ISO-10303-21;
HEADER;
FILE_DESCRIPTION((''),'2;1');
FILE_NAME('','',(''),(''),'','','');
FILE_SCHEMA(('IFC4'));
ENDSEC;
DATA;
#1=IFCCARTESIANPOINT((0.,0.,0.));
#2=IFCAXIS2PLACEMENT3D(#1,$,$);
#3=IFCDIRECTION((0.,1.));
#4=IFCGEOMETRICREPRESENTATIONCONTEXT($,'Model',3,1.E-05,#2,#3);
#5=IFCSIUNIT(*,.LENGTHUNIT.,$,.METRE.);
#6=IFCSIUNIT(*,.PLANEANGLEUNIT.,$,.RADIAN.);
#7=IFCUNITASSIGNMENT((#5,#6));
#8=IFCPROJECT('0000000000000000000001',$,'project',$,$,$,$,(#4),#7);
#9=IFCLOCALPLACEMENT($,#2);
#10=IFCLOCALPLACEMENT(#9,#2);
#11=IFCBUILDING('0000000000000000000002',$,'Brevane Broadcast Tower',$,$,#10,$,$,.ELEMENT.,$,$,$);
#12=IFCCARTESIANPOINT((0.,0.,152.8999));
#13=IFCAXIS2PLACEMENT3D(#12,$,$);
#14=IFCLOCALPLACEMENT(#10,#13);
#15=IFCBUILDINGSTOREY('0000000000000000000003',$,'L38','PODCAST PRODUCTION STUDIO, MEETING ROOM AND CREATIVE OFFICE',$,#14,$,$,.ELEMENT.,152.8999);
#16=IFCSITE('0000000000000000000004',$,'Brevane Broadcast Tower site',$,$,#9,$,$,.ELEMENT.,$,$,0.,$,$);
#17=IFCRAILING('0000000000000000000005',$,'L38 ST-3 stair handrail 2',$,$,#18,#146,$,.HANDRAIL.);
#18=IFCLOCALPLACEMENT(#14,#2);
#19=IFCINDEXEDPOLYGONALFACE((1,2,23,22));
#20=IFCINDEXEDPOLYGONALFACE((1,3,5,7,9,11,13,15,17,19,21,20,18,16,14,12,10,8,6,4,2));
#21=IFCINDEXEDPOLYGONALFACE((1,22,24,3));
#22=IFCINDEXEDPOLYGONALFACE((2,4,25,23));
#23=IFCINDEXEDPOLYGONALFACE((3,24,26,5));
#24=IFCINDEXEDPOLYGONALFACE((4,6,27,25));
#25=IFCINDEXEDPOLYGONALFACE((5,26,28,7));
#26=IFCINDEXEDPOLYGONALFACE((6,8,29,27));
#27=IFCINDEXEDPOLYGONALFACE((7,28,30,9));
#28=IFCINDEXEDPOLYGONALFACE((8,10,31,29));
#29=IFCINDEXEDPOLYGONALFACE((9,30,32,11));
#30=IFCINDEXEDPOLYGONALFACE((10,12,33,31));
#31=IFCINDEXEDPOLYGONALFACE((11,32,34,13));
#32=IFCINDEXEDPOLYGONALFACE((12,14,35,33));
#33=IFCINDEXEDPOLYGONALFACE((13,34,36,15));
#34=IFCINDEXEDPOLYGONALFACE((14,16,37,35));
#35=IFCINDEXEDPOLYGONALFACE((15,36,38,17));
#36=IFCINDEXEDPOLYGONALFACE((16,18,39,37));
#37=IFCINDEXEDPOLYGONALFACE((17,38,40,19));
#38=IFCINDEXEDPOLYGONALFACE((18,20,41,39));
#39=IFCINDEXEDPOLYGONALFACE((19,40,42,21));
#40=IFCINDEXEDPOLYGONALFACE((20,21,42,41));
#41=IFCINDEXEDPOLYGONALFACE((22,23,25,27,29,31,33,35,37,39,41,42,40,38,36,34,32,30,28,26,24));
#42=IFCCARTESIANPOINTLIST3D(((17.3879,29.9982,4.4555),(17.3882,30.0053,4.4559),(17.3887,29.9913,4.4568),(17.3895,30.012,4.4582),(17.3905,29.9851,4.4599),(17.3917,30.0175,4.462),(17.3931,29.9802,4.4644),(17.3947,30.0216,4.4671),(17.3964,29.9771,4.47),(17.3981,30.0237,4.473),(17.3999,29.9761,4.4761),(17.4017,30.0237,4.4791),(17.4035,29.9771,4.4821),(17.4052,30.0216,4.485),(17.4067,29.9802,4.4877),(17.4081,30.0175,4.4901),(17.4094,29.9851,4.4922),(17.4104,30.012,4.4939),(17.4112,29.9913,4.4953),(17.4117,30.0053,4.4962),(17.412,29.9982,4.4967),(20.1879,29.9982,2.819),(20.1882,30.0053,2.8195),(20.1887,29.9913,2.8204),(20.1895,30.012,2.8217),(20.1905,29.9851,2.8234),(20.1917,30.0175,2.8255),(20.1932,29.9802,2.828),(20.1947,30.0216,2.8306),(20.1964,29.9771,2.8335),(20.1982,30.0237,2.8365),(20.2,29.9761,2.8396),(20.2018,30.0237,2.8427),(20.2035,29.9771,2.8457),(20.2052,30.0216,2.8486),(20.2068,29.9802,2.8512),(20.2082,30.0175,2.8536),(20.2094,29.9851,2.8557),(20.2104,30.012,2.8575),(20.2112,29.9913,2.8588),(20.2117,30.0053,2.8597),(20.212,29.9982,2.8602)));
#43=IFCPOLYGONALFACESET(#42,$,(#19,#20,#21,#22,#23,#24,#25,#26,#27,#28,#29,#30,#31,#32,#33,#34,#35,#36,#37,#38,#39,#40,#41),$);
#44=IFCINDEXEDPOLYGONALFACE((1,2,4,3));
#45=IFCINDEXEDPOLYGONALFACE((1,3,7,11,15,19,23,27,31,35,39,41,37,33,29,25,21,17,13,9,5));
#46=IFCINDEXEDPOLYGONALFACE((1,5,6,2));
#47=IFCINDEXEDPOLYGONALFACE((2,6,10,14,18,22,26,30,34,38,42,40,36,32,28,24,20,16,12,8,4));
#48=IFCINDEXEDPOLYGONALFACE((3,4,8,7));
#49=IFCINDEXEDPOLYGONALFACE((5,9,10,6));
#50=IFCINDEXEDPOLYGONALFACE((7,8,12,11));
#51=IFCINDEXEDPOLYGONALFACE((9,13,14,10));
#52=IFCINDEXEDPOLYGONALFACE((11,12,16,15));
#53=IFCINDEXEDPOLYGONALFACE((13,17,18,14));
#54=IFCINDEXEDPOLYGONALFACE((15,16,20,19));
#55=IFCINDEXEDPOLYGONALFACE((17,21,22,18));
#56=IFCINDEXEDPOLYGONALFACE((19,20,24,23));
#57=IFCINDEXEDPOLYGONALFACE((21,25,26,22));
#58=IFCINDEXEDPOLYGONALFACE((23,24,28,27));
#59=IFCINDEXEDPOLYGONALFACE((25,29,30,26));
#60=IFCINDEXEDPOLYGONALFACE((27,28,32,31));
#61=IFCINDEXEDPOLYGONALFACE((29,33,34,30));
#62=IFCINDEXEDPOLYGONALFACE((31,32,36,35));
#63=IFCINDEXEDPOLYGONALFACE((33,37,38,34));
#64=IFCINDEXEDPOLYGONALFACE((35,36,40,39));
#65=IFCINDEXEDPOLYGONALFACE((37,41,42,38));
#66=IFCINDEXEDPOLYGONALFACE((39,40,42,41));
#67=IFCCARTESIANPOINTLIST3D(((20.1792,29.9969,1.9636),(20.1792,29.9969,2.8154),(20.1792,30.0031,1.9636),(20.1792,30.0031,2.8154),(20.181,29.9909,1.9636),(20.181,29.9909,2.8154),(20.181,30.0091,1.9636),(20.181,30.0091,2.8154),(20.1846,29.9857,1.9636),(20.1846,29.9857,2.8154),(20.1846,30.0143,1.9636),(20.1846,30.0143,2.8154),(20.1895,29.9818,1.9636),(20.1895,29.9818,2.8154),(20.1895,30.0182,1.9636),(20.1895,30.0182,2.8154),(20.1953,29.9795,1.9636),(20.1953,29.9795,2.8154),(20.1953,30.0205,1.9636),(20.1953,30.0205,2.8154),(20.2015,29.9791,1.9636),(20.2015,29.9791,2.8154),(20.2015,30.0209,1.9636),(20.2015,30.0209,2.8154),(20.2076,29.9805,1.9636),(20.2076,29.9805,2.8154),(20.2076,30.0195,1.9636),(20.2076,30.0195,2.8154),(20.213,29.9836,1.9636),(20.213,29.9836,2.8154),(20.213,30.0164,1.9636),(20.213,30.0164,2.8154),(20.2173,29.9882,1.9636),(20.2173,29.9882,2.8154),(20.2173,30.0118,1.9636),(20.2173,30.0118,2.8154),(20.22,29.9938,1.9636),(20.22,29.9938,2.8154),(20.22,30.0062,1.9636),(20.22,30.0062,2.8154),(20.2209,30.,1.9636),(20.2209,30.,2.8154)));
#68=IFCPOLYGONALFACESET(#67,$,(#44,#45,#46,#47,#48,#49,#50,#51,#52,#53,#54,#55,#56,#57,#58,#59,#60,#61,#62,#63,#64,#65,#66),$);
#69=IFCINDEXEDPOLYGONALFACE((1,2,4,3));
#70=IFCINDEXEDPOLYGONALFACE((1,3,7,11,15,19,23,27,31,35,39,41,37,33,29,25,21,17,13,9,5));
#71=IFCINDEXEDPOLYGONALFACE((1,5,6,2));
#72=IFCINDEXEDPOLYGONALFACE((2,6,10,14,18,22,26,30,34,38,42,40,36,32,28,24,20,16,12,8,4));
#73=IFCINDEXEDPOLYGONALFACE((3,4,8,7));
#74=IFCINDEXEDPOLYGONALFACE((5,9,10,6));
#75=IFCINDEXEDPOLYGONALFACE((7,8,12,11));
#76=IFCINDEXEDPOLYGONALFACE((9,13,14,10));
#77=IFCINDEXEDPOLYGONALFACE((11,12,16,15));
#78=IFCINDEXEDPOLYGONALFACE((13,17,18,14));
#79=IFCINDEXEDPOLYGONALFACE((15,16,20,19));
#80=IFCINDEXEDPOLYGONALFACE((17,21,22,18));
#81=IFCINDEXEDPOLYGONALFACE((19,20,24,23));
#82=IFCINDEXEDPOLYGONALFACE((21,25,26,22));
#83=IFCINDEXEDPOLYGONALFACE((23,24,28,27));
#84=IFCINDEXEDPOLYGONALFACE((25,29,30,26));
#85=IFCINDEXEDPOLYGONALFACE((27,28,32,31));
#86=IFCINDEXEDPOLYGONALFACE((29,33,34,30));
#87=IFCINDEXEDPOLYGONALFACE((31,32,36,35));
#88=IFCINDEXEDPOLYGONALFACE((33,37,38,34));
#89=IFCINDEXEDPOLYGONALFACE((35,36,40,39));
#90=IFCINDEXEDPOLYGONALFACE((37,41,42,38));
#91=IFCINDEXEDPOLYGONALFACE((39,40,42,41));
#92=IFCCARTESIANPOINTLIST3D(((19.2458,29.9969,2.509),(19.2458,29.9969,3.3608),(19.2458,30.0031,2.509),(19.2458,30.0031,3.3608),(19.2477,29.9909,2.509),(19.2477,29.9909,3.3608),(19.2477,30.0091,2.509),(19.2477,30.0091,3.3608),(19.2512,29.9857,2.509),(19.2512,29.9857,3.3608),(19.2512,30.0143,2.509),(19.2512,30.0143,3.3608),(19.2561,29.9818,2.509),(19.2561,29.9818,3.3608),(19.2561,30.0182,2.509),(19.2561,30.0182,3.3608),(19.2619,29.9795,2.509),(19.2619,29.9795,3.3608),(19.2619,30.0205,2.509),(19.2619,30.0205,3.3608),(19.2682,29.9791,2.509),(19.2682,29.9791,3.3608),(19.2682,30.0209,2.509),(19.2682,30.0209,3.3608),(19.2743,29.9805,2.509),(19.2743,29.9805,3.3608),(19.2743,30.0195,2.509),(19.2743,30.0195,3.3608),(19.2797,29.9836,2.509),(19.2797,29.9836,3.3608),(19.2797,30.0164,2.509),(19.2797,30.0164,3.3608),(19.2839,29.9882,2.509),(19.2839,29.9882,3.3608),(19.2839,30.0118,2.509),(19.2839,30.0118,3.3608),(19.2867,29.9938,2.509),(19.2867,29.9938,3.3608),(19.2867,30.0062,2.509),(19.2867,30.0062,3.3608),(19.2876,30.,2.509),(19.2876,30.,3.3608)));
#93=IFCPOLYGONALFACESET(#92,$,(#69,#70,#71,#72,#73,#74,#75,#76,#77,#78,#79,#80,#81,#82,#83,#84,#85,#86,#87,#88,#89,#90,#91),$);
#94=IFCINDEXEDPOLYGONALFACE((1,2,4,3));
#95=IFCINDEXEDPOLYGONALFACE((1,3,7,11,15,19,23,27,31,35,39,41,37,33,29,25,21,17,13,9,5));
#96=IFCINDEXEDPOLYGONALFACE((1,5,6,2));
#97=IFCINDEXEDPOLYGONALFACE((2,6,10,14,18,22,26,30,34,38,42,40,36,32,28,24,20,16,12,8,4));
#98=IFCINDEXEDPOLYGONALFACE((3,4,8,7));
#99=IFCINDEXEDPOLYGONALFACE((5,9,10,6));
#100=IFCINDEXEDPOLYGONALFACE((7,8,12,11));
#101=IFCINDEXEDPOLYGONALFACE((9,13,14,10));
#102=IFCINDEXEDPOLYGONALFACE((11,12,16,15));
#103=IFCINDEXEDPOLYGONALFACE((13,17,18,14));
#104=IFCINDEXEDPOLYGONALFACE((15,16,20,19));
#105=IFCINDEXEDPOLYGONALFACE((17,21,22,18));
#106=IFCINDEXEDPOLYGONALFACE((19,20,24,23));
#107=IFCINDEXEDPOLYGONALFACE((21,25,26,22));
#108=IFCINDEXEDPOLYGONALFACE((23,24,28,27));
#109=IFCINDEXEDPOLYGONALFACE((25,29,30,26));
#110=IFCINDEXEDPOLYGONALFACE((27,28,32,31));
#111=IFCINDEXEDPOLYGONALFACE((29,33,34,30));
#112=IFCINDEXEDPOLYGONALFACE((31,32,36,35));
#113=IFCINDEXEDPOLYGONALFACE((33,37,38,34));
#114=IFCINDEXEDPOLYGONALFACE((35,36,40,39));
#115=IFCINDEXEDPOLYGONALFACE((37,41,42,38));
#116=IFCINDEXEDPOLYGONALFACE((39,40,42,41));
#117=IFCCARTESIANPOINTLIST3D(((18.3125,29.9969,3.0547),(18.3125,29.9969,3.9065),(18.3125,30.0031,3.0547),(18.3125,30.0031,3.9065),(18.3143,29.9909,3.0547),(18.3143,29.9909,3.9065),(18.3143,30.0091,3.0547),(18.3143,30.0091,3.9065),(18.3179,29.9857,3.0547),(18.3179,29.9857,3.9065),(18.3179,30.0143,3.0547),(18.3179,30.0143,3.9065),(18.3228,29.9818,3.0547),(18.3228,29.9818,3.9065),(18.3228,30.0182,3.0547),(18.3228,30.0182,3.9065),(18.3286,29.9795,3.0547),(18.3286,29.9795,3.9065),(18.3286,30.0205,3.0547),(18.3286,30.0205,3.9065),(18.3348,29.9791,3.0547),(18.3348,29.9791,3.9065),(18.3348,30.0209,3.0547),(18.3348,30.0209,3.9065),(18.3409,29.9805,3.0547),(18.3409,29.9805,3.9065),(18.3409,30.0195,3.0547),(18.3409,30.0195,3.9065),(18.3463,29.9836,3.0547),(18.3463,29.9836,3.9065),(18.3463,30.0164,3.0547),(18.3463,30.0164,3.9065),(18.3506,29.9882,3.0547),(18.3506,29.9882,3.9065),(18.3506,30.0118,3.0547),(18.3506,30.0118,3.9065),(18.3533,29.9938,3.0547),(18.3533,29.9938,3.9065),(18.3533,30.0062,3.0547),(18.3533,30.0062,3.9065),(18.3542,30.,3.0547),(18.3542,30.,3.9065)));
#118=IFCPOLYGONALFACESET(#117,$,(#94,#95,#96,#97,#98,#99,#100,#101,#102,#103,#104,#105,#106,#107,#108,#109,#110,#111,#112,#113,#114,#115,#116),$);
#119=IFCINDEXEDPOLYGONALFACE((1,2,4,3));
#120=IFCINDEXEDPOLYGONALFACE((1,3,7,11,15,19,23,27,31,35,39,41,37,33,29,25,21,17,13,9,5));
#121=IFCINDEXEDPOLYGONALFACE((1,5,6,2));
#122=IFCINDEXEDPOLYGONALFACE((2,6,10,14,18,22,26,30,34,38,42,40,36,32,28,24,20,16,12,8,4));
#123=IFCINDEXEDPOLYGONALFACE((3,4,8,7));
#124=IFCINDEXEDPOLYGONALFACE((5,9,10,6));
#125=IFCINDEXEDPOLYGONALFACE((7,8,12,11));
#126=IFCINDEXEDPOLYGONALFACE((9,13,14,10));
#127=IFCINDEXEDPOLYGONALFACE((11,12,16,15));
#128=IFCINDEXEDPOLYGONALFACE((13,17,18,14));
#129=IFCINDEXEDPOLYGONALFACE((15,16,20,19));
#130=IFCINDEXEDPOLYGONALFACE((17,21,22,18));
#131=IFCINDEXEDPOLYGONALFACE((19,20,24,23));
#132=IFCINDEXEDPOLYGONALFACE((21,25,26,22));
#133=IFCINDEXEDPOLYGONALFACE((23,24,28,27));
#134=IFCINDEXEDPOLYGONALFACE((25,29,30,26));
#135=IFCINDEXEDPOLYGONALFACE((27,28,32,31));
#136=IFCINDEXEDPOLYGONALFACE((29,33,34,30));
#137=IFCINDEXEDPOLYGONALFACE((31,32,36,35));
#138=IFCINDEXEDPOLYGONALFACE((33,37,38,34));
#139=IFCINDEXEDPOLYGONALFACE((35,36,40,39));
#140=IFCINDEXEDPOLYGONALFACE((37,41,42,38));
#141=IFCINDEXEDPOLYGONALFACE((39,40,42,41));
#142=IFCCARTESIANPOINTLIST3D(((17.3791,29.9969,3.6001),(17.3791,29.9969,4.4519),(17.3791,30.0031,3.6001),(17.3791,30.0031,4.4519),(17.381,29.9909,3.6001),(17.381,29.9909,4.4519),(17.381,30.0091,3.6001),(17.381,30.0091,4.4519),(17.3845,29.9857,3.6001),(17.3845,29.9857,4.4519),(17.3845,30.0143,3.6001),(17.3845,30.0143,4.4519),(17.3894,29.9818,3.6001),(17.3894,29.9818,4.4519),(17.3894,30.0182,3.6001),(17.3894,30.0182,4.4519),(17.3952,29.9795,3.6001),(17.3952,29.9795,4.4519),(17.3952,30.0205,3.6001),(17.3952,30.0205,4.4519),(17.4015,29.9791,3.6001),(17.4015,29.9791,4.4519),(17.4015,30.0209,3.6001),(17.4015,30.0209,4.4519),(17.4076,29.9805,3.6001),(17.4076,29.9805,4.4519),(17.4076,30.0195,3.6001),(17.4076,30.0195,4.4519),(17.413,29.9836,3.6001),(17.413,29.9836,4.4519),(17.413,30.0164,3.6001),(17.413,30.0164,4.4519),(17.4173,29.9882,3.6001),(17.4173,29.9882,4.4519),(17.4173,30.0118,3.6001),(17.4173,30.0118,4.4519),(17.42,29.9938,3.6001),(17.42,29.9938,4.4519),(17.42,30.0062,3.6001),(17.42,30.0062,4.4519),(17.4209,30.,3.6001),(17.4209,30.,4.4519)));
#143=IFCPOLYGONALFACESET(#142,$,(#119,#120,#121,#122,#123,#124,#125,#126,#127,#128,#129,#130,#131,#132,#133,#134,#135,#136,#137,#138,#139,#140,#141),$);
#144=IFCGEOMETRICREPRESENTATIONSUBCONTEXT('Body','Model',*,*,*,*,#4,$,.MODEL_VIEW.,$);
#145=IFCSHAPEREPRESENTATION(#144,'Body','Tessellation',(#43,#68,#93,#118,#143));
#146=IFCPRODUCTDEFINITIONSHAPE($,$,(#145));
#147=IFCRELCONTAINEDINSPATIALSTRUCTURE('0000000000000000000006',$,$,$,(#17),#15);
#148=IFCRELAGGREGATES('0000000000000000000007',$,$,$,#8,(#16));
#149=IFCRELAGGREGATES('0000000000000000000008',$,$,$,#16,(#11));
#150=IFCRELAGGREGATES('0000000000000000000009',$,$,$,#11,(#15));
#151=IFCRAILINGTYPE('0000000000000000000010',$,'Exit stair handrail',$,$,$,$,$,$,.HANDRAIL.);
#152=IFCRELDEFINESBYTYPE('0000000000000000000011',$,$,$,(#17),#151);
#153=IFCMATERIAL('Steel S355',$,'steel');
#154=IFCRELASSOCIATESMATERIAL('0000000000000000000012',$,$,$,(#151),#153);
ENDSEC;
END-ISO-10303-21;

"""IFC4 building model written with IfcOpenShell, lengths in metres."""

from ifc_helpers import new_model, si_unit, direction, frame, origin, origin_2d, place, context, subcontext, project, spatial, circle, extrude, material, type_object, element, save


model = new_model("IFC4")

# Units and contexts
model_context = context("Model", 3, precision=1e-05, world=origin(), true_north=direction((0.0, 1.0)))
body_context = subcontext(model_context, "Body", "Model", "MODEL_VIEW")
ifc_project = project(units=[si_unit("LENGTHUNIT", "METRE"), si_unit("PLANEANGLEUNIT", "RADIAN")], contexts=[model_context])

# Site, building, storey
site_placement = place(None, origin())
site = spatial("IfcSite", under=ifc_project, at=site_placement, Name="Brevane Broadcast Tower site", CompositionType="ELEMENT", RefElevation=0.0)
building_placement = place(site_placement, origin())
building = spatial("IfcBuilding", under=site, at=building_placement, Name="Brevane Broadcast Tower", CompositionType="ELEMENT")
storey_placement = place(building_placement, frame((0.0, 0.0, 152.8999)))
storey = spatial("IfcBuildingStorey", under=building, at=storey_placement, Name="L38", Description="PODCAST PRODUCTION STUDIO, MEETING ROOM AND CREATIVE OFFICE", CompositionType="ELEMENT", Elevation=152.8999)

# Railing
ifc_material_1 = material(Name="Steel S355", Category="steel")
railing_type_1 = type_object("IfcRailingType", Name="Exit stair handrail", PredefinedType="HANDRAIL", material=ifc_material_1)
railing_1_placement = place(storey_placement, frame((20.2, 30.0, 1.9636)))
element("IfcRailing", 1, at=railing_1_placement, inside=storey, type_object=railing_type_1, Name="L38 ST-3 stair handrail 2", PredefinedType="HANDRAIL", context=body_context, shape_type="SweptSolid", body=[
    extrude(circle(Radius=0.0239, at=origin_2d()), frame((0.0, 0.0, 0.876), z_axis=(-0.863361, 0.0, 0.504587), x_axis=(0.0, -1.0, 0.0)), (0.0, 0.0, 1.0), 3.2432),
    extrude(circle(Radius=0.021, at=origin_2d()), origin(), (0.0, 0.0, 1.0), 0.8518),
    extrude(circle(Radius=0.021, at=origin_2d()), frame((-0.9333, 0.0, 0.5454)), (0.0, 0.0, 1.0), 0.8518),
    extrude(circle(Radius=0.021, at=origin_2d()), frame((-1.8667, 0.0, 1.0911)), (0.0, 0.0, 1.0), 0.8518),
    extrude(circle(Radius=0.021, at=origin_2d()), frame((-2.8, 0.0, 1.6365)), (0.0, 0.0, 1.0), 0.8518),
])

save(model, "model.ifc")
